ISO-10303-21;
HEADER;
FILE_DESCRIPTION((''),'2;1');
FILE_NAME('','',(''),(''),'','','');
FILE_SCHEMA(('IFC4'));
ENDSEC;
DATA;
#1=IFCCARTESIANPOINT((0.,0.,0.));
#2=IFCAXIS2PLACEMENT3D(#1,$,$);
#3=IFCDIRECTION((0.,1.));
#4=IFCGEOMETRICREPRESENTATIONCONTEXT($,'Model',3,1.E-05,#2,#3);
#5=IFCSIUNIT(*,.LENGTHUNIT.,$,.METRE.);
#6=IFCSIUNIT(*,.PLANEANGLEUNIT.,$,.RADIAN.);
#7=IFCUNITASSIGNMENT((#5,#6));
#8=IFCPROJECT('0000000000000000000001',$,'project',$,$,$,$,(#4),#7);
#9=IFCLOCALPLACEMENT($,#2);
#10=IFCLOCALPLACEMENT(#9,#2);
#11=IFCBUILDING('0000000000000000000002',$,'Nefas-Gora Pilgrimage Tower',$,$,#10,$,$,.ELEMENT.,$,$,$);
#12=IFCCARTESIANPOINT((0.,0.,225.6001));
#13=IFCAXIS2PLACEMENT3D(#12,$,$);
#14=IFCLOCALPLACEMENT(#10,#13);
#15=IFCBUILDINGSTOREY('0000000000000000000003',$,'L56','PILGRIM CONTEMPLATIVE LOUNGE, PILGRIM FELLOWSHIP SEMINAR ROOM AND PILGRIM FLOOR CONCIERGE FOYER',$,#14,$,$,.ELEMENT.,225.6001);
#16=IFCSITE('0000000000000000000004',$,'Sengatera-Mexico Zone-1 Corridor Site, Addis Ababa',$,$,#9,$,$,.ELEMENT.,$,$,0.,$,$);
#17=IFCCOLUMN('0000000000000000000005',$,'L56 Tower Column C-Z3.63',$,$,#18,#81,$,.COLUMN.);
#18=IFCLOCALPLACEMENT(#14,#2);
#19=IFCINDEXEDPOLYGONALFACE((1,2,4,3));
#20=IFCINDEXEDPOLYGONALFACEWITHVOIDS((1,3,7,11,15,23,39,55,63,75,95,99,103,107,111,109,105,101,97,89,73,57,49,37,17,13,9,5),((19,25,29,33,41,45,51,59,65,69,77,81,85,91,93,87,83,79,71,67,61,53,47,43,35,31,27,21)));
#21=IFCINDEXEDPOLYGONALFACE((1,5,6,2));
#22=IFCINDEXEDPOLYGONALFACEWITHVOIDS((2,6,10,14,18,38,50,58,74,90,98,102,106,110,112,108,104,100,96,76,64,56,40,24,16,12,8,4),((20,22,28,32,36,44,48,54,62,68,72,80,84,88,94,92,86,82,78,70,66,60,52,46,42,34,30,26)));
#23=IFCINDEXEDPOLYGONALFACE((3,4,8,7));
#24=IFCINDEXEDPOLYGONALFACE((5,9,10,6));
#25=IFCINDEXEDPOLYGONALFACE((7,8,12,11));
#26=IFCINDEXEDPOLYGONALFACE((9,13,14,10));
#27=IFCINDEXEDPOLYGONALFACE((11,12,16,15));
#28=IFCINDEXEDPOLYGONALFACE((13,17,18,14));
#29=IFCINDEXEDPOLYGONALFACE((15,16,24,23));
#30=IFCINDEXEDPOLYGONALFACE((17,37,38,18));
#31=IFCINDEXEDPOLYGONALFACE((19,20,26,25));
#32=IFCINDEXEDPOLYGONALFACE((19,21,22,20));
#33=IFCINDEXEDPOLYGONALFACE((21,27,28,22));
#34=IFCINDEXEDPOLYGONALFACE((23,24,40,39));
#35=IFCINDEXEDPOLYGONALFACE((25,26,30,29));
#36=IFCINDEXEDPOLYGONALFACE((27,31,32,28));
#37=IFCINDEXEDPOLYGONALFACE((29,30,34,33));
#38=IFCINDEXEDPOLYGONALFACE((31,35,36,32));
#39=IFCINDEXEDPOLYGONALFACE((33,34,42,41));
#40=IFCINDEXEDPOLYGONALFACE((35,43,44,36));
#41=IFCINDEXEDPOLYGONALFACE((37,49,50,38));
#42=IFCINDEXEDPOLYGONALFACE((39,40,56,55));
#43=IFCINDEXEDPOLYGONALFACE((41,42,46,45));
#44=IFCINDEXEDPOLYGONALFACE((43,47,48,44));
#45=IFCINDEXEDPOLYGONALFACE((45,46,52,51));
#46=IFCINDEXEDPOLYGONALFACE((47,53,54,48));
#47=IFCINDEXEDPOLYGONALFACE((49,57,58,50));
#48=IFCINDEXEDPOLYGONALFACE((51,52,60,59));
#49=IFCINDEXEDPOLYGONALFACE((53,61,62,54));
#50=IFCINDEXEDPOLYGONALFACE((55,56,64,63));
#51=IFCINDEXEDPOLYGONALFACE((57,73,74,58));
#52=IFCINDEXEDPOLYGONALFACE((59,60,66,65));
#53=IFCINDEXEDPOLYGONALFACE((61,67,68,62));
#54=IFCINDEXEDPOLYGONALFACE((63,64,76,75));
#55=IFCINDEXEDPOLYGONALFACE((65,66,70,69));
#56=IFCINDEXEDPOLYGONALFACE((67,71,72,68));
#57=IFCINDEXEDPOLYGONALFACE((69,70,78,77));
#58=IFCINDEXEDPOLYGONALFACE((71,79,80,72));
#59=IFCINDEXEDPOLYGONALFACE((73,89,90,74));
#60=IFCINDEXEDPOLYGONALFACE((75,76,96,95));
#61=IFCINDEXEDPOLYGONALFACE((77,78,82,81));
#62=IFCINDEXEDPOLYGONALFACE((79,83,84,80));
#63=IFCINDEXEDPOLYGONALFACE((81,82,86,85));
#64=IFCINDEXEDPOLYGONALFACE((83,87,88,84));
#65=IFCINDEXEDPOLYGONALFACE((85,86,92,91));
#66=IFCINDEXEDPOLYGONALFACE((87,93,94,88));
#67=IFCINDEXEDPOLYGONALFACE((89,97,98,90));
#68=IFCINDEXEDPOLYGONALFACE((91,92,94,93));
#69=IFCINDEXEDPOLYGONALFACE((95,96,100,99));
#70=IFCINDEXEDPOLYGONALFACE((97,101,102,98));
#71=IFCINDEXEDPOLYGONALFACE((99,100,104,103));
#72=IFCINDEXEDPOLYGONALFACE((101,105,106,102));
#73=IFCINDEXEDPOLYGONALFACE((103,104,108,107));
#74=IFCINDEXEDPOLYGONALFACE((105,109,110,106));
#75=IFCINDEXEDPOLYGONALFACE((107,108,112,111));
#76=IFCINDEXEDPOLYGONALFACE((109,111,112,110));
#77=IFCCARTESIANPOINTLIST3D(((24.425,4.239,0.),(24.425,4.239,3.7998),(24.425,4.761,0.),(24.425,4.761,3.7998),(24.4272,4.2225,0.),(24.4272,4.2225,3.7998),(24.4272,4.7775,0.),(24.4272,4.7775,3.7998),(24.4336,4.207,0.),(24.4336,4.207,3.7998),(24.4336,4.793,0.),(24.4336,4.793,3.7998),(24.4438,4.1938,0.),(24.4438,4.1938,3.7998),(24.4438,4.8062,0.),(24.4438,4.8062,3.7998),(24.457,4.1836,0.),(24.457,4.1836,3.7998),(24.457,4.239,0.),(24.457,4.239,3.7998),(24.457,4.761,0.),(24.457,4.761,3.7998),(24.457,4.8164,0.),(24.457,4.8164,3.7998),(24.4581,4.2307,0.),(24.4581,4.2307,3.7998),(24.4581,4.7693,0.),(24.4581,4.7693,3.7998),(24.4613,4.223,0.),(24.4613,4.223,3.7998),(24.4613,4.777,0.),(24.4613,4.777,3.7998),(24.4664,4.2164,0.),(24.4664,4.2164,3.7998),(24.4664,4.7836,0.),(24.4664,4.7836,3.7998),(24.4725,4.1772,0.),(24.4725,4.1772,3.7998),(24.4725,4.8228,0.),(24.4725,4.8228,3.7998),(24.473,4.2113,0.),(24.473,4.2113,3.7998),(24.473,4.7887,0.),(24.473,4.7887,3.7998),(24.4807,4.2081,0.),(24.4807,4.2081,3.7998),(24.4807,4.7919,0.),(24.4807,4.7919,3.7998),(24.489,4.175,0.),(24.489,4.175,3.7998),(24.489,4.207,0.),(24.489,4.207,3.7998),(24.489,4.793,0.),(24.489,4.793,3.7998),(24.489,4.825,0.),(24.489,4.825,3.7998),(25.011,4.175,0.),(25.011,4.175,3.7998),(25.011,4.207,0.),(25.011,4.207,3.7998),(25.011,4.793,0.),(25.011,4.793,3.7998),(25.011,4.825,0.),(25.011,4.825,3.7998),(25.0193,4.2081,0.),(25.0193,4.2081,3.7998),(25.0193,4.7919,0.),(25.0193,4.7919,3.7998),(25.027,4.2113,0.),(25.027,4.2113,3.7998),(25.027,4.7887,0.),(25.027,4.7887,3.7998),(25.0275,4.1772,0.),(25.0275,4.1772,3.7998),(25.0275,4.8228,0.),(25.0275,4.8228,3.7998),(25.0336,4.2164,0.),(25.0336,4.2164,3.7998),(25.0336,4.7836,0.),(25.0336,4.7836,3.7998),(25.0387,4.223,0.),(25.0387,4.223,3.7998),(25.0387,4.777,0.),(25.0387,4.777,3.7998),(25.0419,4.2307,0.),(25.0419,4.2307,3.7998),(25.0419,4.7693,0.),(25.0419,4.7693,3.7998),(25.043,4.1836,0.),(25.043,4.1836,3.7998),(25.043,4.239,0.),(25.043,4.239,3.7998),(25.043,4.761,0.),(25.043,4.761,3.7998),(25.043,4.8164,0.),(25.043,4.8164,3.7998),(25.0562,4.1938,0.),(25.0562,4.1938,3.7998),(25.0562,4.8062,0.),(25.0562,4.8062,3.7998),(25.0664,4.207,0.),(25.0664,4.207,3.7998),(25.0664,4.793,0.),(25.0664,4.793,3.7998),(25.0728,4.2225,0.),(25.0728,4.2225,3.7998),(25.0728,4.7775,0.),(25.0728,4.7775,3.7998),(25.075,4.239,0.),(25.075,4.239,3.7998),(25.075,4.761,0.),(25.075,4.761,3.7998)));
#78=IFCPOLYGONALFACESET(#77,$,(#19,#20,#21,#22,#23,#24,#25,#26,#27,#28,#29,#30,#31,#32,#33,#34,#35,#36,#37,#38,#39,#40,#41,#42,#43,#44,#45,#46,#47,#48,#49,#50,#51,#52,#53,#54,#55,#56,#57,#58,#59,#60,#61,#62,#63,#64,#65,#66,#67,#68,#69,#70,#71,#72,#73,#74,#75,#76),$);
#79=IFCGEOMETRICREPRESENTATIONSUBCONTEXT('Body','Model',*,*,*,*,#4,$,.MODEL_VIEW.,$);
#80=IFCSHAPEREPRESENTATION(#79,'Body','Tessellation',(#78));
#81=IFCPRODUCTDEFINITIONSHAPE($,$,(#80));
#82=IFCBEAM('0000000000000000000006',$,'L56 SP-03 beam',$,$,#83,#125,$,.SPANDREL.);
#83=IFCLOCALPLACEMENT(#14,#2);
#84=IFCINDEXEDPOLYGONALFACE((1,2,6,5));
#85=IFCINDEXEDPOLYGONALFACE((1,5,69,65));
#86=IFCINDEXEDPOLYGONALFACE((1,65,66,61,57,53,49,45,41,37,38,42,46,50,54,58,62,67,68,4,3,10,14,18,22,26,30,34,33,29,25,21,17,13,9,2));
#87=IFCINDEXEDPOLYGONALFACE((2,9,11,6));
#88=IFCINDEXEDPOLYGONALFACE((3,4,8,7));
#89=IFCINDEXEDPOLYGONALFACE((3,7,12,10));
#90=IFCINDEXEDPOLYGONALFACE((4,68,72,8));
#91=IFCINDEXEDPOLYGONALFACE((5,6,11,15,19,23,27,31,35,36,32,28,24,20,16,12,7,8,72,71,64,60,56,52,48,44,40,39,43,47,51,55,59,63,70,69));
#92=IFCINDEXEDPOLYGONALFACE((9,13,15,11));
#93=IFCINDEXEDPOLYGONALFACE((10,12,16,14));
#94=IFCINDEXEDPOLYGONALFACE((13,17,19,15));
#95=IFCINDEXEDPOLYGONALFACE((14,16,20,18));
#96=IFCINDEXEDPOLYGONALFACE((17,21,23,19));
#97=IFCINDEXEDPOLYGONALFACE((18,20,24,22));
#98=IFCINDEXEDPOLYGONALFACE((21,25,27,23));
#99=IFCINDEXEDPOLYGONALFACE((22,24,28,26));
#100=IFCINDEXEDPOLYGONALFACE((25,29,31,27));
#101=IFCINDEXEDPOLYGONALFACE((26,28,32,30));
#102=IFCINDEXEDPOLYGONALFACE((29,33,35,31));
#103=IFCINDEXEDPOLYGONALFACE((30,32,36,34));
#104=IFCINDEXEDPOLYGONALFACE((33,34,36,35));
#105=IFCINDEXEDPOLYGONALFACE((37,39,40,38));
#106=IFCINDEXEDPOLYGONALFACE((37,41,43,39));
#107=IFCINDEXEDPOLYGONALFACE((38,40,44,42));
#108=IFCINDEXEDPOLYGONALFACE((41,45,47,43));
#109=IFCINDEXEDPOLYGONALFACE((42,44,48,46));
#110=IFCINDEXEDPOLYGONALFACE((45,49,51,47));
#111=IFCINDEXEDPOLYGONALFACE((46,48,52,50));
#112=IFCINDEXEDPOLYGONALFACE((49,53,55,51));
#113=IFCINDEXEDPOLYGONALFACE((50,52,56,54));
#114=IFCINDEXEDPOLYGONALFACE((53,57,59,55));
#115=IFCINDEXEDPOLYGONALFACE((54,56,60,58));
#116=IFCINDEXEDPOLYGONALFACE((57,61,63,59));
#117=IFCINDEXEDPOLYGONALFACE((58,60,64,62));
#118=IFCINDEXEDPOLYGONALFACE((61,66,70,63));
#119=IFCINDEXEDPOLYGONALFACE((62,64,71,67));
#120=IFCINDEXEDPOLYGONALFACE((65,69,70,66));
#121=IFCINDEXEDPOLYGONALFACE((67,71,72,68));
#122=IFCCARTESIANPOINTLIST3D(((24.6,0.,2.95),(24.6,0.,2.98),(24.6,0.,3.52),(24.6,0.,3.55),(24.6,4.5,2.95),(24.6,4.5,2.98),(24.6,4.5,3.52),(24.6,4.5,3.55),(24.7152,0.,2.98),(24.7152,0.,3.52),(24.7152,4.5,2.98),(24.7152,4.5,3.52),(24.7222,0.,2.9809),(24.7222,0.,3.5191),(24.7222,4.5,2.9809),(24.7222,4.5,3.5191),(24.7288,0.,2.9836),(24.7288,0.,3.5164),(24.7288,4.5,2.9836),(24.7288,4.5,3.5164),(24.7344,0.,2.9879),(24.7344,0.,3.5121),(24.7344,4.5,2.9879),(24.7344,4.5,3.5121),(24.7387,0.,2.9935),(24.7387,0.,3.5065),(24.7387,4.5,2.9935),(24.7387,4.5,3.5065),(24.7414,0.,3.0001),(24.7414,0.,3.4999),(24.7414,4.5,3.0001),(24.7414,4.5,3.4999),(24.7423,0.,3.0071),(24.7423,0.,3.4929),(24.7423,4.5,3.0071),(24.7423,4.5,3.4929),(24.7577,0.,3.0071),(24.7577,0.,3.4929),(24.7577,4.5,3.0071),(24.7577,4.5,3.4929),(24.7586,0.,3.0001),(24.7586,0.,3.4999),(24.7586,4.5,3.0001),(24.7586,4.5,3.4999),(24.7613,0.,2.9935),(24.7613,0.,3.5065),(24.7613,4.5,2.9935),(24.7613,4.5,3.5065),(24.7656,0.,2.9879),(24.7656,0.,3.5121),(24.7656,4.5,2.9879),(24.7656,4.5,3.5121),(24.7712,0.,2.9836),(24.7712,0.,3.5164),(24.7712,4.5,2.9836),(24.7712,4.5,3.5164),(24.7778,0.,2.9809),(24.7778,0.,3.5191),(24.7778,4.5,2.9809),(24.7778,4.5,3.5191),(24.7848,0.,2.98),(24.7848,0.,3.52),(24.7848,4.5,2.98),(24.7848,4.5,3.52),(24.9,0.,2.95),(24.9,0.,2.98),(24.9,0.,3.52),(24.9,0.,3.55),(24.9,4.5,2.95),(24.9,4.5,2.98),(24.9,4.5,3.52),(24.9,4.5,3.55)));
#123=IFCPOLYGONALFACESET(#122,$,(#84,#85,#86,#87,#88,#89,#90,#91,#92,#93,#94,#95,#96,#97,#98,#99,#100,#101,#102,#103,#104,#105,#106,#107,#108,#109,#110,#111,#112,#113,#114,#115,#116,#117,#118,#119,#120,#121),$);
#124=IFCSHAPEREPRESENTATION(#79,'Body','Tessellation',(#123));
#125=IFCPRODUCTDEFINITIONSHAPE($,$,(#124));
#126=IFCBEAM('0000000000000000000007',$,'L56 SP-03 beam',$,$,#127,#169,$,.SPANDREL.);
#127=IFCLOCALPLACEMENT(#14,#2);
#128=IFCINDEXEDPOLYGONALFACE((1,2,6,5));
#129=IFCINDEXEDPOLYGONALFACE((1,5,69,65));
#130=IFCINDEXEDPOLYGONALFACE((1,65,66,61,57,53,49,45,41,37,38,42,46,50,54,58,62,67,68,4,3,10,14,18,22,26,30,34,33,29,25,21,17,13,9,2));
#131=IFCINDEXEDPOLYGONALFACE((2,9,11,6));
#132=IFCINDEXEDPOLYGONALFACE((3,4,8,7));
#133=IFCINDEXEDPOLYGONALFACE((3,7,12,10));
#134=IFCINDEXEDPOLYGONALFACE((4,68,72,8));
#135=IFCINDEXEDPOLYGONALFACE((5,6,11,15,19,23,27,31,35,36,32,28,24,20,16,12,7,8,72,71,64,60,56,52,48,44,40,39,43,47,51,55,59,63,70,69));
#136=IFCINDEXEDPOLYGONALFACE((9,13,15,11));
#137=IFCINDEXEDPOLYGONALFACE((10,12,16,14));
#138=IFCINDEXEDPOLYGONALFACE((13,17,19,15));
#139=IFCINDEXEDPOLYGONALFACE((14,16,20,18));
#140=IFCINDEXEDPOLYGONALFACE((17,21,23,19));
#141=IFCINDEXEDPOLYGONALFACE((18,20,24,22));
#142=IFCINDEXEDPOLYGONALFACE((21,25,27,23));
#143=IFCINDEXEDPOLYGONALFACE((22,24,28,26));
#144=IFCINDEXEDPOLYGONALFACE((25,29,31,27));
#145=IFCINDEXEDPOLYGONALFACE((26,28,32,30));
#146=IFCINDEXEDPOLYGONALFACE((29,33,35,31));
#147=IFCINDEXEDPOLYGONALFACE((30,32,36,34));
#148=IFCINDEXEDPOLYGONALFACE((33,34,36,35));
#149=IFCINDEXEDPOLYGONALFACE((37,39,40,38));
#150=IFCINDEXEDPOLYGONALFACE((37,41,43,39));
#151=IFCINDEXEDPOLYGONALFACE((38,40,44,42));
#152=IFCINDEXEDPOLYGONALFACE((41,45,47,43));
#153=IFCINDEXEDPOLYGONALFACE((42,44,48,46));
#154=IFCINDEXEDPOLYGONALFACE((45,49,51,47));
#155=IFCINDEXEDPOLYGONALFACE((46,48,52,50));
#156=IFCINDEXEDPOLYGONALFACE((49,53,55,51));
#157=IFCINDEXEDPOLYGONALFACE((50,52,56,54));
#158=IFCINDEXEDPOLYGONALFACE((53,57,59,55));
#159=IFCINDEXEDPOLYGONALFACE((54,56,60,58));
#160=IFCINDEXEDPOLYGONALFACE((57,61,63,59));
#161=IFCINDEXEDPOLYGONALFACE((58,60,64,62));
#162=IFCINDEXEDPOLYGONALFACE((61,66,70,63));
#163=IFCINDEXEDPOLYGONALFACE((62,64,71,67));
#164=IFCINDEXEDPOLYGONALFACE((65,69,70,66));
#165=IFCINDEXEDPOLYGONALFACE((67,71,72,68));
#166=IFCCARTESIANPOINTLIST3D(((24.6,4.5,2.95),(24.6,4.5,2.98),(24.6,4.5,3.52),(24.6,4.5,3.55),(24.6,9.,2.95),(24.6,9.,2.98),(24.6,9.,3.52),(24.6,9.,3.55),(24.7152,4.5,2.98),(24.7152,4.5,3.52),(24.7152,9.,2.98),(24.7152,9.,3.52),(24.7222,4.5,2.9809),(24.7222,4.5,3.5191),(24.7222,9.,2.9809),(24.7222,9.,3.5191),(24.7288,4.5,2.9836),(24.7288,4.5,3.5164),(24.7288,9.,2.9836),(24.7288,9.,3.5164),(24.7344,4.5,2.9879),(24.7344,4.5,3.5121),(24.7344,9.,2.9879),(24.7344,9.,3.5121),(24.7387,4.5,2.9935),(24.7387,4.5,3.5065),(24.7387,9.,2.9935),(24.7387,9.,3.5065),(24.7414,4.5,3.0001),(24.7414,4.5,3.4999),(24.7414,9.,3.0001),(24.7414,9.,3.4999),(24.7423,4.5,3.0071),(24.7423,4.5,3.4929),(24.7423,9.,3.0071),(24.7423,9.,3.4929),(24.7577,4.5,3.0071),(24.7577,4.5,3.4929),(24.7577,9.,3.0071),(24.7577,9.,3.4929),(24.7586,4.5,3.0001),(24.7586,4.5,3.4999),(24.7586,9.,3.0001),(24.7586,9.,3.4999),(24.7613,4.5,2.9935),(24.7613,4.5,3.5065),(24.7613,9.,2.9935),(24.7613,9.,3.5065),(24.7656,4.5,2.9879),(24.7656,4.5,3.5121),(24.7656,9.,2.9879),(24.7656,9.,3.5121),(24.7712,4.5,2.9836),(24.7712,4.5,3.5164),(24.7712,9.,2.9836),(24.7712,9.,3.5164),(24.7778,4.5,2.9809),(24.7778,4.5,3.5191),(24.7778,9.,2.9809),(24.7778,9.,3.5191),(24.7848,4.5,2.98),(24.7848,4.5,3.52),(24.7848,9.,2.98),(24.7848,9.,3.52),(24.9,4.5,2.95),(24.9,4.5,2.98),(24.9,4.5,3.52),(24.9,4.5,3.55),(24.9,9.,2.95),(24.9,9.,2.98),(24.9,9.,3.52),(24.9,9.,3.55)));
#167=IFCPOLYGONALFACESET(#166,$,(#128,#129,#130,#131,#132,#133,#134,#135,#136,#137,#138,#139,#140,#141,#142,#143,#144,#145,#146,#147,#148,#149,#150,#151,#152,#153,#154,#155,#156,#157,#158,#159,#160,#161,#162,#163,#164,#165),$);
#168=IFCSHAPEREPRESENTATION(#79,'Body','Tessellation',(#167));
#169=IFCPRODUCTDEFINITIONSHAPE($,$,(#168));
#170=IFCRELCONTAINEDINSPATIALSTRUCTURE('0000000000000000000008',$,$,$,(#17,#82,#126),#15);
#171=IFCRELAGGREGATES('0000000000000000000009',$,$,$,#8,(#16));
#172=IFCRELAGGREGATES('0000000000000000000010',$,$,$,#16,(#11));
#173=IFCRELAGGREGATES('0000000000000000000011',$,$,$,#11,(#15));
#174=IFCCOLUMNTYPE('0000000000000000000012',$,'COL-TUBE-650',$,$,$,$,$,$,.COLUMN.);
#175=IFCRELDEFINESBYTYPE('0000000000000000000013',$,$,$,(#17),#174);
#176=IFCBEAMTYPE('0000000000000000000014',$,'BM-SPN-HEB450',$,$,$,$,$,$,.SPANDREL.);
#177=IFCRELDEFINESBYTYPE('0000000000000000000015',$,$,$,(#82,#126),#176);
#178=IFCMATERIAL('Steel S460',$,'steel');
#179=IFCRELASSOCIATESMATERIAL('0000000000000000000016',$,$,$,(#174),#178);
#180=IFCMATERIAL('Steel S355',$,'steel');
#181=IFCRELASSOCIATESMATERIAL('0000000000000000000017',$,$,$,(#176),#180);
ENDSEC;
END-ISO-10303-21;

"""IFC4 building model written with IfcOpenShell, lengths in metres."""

from ifc_helpers import new_model, si_unit, direction, frame, origin, origin_2d, place, context, subcontext, project, spatial, hollow_rectangle, i_section, extrude, source, transform, mapped, material, material_profile, profile_set, type_object, element, save


model = new_model("IFC4")

# Units and contexts
model_context = context("Model", 3, precision=1e-05, world=origin(), true_north=direction((0.0, 1.0)))
body_context = subcontext(model_context, "Body", "Model", "MODEL_VIEW")
ifc_project = project(units=[si_unit("LENGTHUNIT", "METRE"), si_unit("PLANEANGLEUNIT", "RADIAN")], contexts=[model_context])

# Site, building, storey
site_placement = place(None, origin())
site = spatial("IfcSite", under=ifc_project, at=site_placement, Name="Sengatera-Mexico Zone-1 Corridor Site, Addis Ababa", CompositionType="ELEMENT", RefElevation=0.0)
building_placement = place(site_placement, origin())
building = spatial("IfcBuilding", under=site, at=building_placement, Name="Nefas-Gora Pilgrimage Tower", CompositionType="ELEMENT")
storey_placement = place(building_placement, frame((0.0, 0.0, 225.6001)))
storey = spatial("IfcBuildingStorey", under=building, at=storey_placement, Name="L56", Description="PILGRIM CONTEMPLATIVE LOUNGE, PILGRIM FELLOWSHIP SEMINAR ROOM AND PILGRIM FLOOR CONCIERGE FOYER", CompositionType="ELEMENT", Elevation=225.6001)

# Column
ifc_material_1 = material(Name="Steel S460", Category="steel")
ifc_material_profile_1 = material_profile(ifc_material_1, hollow_rectangle(XDim=0.6499, YDim=0.6499, WallThickness=0.032, InnerFilletRadius=0.032, OuterFilletRadius=0.064, at=origin_2d()), Name="BOX 650x650x32")
ifc_profile_set_1 = profile_set([ifc_material_profile_1], Name="Steel S460")
column_type_1 = type_object("IfcColumnType", Name="COL-TUBE-650", PredefinedType="COLUMN", material=ifc_profile_set_1)
shared_shape_1 = source(origin(), body_context, "Body", "SweptSolid", [
    extrude(hollow_rectangle(XDim=0.6499, YDim=0.6499, WallThickness=0.032, InnerFilletRadius=0.032, OuterFilletRadius=0.064, at=origin_2d()), origin(), (0.0, 0.0, 1.0), 3.7998),
])
for number, where, z_axis, x_axis, name in (
    (1, (24.75, 4.5, 0.0), (0.0, 0.0, 1.0), (1.0, 0.0, 0.0), "L56 Tower Column C-Z3.63"),
):
    element("IfcColumn", number, at=place(storey_placement, frame(where, z_axis=z_axis, x_axis=x_axis)), inside=storey, type_object=column_type_1, Name=name, PredefinedType="COLUMN", context=body_context, shape_type="MappedRepresentation", body=[
        mapped(shared_shape_1, transform((0.0, 0.0, 0.0), x_axis=(1.0, 0.0, 0.0), y_axis=(0.0, 1.0, 0.0), z_axis=(0.0, 0.0, 1.0), scale=1.0)),
    ])

# Beams
ifc_material_2 = material(Name="Steel S355", Category="steel")
ifc_material_profile_2 = material_profile(ifc_material_2, i_section(OverallWidth=0.3, OverallDepth=0.6001, WebThickness=0.0154, FlangeThickness=0.03, FilletRadius=0.0271, at=origin_2d()), Name="HEB 600")
ifc_profile_set_2 = profile_set([ifc_material_profile_2], Name="Steel S355")
beam_type_1 = type_object("IfcBeamType", Name="BM-SPN-HEB450", PredefinedType="SPANDREL", material=ifc_profile_set_2)
shared_shape_2 = source(origin(), body_context, "Body", "SweptSolid", [
    extrude(i_section(OverallWidth=0.3, OverallDepth=0.6001, WebThickness=0.0154, FlangeThickness=0.03, FilletRadius=0.0271, at=origin_2d()), origin(), (0.0, 0.0, 1.0), 4.5),
])
for number, where, z_axis, x_axis, name in (
    (2, (24.75, 0.0, 3.25), (0.0, 1.0, 0.0), (-1.0, 0.0, 0.0), "L56 SP-03 beam"),
    (3, (24.75, 4.5, 3.25), (0.0, 1.0, 0.0), (-1.0, 0.0, 0.0), "L56 SP-03 beam"),
):
    element("IfcBeam", number, at=place(storey_placement, frame(where, z_axis=z_axis, x_axis=x_axis)), inside=storey, type_object=beam_type_1, Name=name, PredefinedType="SPANDREL", context=body_context, shape_type="MappedRepresentation", body=[
        mapped(shared_shape_2, transform((0.0, 0.0, 0.0), x_axis=(1.0, 0.0, 0.0), y_axis=(0.0, 1.0, 0.0), z_axis=(0.0, 0.0, 1.0), scale=1.0)),
    ])

save(model, "model.ifc")
